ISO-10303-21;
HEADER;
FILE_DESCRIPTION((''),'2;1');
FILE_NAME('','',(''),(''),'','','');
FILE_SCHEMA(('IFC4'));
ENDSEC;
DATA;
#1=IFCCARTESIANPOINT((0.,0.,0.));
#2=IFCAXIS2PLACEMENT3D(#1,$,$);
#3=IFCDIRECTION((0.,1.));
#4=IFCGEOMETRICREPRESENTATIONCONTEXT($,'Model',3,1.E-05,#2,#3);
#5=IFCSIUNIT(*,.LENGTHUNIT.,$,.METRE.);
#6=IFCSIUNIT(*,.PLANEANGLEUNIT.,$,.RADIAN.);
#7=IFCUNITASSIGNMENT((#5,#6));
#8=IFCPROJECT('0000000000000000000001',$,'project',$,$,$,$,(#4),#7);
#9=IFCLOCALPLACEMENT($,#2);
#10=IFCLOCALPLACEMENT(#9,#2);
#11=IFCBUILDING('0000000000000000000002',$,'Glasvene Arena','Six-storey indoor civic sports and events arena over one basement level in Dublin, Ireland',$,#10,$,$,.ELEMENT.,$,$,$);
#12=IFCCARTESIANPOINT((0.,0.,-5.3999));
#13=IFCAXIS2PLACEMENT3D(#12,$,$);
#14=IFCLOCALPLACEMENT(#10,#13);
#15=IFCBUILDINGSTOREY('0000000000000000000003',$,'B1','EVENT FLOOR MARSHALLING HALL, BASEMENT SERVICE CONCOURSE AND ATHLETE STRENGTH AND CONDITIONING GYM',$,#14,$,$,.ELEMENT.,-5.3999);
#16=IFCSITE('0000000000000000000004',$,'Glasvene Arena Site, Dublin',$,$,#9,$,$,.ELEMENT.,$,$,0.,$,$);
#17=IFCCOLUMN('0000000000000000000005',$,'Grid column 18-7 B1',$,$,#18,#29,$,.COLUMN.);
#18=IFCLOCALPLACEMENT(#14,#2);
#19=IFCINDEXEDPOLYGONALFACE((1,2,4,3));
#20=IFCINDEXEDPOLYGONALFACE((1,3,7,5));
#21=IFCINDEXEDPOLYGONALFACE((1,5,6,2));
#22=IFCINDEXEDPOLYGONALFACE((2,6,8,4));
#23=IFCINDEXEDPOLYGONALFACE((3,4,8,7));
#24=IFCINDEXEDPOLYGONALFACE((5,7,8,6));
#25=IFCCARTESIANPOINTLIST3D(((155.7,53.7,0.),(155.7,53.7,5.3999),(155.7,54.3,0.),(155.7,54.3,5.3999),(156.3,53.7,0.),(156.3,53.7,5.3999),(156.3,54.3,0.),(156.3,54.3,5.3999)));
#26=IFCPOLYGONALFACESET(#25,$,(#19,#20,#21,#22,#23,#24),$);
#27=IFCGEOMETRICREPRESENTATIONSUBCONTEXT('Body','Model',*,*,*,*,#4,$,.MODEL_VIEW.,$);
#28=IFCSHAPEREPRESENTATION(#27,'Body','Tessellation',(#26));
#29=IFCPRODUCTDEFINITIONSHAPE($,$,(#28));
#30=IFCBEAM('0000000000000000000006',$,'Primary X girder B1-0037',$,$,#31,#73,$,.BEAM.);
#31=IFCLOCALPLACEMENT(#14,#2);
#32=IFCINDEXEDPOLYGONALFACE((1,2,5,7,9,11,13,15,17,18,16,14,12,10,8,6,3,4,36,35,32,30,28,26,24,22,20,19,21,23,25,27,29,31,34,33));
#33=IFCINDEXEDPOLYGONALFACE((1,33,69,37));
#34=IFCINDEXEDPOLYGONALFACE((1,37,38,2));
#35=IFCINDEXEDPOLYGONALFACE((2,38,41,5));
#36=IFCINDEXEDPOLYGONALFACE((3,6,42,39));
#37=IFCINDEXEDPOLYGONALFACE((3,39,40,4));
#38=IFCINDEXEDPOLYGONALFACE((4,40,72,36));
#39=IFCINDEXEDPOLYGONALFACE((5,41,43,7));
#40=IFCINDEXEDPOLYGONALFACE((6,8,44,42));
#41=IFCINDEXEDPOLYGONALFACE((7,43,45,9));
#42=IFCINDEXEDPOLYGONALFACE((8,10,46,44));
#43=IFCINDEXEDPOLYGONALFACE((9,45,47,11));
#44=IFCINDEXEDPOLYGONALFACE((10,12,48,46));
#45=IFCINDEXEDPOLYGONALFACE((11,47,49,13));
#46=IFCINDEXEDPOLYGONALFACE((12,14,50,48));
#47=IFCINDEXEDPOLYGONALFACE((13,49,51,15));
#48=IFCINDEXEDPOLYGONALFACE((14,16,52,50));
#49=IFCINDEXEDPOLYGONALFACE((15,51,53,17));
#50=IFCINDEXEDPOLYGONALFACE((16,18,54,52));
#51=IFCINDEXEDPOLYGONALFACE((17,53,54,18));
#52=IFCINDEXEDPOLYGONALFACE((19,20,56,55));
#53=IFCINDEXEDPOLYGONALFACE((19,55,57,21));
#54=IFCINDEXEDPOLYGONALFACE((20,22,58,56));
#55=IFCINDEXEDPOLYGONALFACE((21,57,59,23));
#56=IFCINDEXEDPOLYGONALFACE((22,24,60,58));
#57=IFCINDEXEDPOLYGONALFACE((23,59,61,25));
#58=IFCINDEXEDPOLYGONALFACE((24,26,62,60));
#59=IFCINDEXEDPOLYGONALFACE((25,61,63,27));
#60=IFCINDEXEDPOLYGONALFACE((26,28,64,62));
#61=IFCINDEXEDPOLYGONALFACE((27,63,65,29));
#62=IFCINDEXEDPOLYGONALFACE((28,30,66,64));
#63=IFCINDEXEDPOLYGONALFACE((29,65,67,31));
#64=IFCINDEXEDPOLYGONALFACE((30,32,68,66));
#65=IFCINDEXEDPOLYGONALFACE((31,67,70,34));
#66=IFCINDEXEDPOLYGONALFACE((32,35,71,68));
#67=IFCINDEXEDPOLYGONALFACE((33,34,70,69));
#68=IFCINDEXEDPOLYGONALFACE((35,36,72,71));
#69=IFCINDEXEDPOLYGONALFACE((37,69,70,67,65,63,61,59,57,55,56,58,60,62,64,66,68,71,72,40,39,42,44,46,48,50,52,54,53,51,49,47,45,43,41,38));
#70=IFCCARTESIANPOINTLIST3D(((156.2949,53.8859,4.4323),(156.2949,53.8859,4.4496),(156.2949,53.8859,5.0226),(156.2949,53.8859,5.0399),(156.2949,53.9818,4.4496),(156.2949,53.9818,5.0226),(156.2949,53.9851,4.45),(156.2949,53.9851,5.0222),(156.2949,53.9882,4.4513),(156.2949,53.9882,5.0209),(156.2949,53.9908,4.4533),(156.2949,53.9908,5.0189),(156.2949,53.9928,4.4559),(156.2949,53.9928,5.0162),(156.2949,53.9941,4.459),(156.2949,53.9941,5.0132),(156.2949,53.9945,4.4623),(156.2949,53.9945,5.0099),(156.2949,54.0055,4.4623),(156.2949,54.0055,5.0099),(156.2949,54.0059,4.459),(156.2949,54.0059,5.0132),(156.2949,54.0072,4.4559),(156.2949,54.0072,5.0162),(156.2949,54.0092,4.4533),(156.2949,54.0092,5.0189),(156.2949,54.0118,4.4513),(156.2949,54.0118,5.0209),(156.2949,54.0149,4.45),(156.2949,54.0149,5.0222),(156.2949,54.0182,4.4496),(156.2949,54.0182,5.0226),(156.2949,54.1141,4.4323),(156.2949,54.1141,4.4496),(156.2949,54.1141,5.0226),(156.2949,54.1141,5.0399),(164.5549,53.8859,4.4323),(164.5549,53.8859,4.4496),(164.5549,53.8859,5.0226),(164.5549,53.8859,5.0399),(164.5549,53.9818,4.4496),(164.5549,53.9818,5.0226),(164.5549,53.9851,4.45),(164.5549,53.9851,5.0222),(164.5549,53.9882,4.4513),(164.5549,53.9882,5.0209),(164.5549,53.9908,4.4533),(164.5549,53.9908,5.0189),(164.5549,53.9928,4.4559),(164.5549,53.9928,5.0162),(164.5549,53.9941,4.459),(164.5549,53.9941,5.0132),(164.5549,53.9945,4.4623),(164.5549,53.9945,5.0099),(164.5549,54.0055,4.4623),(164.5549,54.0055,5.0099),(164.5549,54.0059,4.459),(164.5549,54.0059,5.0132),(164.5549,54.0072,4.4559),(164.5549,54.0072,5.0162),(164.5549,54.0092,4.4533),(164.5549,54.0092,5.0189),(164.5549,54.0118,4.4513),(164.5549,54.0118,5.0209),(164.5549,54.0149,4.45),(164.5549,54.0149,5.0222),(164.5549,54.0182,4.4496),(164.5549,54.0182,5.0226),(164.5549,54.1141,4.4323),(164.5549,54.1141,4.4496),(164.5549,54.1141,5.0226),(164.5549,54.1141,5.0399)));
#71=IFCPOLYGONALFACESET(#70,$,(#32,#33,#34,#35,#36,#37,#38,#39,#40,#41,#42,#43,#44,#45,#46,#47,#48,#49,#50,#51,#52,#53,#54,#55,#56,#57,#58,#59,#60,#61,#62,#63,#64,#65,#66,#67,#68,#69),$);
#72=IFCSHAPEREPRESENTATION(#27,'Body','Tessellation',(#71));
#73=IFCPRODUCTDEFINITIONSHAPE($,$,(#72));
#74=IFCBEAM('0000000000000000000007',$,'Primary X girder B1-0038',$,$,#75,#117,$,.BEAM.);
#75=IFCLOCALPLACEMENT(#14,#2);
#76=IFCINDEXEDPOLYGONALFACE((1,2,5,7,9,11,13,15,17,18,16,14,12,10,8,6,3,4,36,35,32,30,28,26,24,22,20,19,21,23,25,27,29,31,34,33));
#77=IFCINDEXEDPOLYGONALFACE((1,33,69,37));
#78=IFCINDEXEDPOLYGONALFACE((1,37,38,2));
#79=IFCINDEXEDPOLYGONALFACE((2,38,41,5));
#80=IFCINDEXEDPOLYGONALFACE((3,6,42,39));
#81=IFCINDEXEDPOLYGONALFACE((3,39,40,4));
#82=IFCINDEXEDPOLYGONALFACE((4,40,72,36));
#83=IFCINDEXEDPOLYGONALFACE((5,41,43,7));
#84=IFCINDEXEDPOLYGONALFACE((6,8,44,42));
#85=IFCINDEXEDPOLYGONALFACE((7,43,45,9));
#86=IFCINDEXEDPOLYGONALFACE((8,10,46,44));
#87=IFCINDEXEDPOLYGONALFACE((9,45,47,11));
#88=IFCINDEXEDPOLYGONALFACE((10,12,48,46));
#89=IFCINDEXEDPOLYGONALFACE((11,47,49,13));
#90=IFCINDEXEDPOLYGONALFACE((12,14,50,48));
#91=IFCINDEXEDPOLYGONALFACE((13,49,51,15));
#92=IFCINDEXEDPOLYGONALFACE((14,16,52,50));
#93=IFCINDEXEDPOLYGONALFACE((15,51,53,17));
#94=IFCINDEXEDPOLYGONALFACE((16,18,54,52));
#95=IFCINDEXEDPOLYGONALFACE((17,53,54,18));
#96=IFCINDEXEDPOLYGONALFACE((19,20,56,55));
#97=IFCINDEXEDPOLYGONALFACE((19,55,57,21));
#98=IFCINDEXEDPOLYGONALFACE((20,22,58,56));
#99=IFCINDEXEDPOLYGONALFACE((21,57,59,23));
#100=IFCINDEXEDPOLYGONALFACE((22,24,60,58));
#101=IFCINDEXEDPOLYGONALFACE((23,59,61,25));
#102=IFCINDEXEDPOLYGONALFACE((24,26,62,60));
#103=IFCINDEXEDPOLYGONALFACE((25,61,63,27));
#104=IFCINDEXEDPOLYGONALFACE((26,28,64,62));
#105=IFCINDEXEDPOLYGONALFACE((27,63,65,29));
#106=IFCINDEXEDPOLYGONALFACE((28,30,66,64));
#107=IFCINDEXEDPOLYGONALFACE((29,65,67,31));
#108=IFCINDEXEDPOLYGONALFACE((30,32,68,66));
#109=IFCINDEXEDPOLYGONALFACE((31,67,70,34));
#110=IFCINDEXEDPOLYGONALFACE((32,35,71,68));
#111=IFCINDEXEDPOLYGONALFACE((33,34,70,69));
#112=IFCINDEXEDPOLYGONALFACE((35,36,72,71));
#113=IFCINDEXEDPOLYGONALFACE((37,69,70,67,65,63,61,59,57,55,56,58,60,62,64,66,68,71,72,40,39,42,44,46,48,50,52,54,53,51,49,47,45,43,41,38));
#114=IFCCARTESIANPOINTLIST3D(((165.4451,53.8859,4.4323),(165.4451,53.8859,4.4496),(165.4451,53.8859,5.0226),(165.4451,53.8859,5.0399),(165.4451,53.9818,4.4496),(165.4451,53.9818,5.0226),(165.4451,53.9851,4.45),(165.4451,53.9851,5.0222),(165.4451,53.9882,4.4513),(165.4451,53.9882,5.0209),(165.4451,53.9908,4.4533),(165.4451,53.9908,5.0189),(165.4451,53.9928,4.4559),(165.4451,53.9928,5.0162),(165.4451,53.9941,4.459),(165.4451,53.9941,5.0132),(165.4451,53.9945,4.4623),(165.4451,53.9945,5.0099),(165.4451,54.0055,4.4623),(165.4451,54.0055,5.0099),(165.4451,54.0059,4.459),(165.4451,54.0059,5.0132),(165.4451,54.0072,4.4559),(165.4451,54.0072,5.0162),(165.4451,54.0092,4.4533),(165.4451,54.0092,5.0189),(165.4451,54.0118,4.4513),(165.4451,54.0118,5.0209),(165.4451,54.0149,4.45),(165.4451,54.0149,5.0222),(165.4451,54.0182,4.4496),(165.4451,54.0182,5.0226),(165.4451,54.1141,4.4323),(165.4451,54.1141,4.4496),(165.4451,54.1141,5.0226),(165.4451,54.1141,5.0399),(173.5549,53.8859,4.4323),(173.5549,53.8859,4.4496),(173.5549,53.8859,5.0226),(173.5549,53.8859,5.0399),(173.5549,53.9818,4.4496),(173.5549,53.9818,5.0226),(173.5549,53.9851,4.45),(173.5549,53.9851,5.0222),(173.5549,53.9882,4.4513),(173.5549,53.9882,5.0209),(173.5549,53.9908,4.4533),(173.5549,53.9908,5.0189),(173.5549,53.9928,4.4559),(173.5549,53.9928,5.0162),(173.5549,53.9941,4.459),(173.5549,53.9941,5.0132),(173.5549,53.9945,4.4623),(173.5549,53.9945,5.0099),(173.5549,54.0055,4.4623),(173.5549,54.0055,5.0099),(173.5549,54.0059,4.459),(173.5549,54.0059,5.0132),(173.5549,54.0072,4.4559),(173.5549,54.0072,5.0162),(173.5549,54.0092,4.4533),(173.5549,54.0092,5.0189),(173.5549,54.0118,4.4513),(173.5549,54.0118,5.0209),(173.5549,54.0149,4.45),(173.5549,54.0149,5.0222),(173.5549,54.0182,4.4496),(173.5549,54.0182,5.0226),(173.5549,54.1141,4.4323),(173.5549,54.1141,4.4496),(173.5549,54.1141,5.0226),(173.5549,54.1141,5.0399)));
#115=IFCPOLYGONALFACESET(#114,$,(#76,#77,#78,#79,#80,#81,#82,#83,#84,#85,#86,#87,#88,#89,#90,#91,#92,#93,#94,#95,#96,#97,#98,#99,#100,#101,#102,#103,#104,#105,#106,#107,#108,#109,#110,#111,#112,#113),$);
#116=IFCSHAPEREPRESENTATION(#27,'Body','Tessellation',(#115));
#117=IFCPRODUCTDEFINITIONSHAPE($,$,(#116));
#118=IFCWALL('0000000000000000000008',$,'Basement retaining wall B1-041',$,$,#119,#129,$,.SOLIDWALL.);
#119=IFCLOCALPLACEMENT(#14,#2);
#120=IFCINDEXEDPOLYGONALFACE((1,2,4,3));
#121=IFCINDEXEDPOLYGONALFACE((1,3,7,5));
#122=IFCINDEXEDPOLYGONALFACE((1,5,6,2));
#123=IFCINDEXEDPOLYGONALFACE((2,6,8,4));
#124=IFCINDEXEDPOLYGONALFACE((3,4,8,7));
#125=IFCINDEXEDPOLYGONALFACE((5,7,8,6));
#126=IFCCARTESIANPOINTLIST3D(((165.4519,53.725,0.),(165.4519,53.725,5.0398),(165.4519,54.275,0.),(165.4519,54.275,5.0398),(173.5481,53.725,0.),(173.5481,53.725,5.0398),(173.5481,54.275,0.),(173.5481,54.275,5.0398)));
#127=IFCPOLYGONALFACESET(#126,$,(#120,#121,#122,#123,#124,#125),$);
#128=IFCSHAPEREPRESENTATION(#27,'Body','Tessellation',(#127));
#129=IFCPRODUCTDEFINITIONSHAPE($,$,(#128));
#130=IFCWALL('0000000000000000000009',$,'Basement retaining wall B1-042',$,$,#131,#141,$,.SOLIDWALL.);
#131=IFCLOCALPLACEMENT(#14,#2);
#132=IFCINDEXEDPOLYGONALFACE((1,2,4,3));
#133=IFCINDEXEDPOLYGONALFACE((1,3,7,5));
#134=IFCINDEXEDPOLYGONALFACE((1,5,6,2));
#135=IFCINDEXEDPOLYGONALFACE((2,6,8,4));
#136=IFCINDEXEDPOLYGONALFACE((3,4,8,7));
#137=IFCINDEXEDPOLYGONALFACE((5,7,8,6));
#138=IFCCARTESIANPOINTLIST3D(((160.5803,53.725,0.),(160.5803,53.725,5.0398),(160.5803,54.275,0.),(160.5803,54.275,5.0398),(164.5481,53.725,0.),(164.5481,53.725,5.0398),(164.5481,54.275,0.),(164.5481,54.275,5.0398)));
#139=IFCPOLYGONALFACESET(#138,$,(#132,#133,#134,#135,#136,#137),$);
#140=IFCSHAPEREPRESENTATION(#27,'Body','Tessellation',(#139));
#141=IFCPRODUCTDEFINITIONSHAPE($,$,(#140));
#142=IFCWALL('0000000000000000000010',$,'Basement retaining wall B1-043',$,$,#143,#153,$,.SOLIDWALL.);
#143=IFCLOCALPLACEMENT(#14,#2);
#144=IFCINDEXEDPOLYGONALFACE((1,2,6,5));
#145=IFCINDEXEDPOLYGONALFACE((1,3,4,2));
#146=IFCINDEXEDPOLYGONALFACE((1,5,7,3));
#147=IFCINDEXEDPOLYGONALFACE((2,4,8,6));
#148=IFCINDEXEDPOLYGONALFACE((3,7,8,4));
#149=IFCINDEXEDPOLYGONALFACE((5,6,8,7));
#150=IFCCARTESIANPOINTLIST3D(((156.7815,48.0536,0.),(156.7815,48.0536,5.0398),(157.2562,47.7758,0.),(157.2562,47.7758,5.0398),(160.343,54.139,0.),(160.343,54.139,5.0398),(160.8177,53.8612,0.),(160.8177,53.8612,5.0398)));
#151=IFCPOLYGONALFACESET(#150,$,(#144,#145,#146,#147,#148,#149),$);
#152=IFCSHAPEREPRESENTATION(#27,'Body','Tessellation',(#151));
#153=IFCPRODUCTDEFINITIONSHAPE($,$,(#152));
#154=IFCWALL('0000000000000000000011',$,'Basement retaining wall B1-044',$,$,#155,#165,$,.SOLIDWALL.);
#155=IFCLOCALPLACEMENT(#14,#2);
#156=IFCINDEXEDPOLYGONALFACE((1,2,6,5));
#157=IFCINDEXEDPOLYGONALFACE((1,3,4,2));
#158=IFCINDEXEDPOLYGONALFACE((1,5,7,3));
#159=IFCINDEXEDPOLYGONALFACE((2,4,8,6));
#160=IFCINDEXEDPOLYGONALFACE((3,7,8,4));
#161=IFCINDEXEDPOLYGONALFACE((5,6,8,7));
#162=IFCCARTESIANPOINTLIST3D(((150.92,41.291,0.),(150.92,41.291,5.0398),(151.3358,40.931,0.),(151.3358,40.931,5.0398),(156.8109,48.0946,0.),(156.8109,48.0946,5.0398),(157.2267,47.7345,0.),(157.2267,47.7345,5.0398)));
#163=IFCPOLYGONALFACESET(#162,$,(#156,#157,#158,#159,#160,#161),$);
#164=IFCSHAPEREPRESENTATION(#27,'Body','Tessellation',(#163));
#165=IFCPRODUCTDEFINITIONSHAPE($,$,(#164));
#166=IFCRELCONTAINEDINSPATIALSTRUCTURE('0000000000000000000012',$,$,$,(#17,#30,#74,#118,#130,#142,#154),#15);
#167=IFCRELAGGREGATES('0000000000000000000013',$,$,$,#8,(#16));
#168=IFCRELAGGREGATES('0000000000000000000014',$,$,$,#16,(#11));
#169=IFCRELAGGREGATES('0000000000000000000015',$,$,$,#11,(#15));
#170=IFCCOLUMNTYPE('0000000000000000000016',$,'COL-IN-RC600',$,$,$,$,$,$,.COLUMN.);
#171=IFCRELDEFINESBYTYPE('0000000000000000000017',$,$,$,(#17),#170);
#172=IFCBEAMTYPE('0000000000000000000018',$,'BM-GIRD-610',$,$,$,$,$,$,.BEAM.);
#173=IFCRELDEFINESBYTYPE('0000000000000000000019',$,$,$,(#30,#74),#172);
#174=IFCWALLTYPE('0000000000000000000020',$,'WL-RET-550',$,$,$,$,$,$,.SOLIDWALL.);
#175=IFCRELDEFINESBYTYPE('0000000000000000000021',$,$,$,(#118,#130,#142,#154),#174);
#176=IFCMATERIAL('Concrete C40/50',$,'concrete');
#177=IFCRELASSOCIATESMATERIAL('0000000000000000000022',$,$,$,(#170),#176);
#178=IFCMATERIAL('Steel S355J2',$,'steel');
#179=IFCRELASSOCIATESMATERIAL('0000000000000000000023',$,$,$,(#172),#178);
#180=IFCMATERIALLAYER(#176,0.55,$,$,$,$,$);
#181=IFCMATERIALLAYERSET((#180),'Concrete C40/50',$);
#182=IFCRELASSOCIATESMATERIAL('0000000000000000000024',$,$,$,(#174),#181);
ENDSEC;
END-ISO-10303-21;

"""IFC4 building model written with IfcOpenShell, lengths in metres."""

from ifc_helpers import new_model, si_unit, direction, frame, frame_2d, origin, origin_2d, place, context, subcontext, project, spatial, rectangle, i_section, extrude, material, layer, layer_set, material_profile, profile_set, type_object, element, save


model = new_model("IFC4")

# Units and contexts
model_context = context("Model", 3, precision=1e-05, world=origin(), true_north=direction((0.0, 1.0)))
body_context = subcontext(model_context, "Body", "Model", "MODEL_VIEW")
ifc_project = project(units=[si_unit("LENGTHUNIT", "METRE"), si_unit("PLANEANGLEUNIT", "RADIAN")], contexts=[model_context])

# Site, building, storey
site_placement = place(None, origin())
site = spatial("IfcSite", under=ifc_project, at=site_placement, Name="Glasvene Arena Site, Dublin", CompositionType="ELEMENT", RefElevation=0.0)
building_placement = place(site_placement, origin())
building = spatial("IfcBuilding", under=site, at=building_placement, Name="Glasvene Arena", Description="Six-storey indoor civic sports and events arena over one basement level in Dublin, Ireland", CompositionType="ELEMENT")
storey_placement = place(building_placement, frame((0.0, 0.0, -5.3999)))
storey = spatial("IfcBuildingStorey", under=building, at=storey_placement, Name="B1", Description="EVENT FLOOR MARSHALLING HALL, BASEMENT SERVICE CONCOURSE AND ATHLETE STRENGTH AND CONDITIONING GYM", CompositionType="ELEMENT", Elevation=-5.3999)

# Shared definitions
ifc_material_1 = material(Name="Concrete C40/50", Category="concrete")

# Column
ifc_material_profile_1 = material_profile(ifc_material_1, rectangle(XDim=0.6001, YDim=0.6001, at=origin_2d()), Name="RC 600x600")
ifc_profile_set_1 = profile_set([ifc_material_profile_1], Name="Concrete C40/50")
column_type_1 = type_object("IfcColumnType", Name="COL-IN-RC600", PredefinedType="COLUMN", material=ifc_profile_set_1)
column_1_placement = place(storey_placement, frame((156.0, 54.0, 0.0), z_axis=(0.0, 0.0, 1.0), x_axis=(1.0, 0.0, 0.0)))
element("IfcColumn", 1, at=column_1_placement, inside=storey, type_object=column_type_1, Name="Grid column 18-7 B1", PredefinedType="COLUMN", context=body_context, shape_type="SweptSolid", body=[
    extrude(rectangle(XDim=0.6001, YDim=0.6001, at=origin_2d()), origin(), (0.0, 0.0, 1.0), 5.3999),
])

# Beams
ifc_material_2 = material(Name="Steel S355J2", Category="steel")
ifc_material_profile_2 = material_profile(ifc_material_2, i_section(OverallWidth=0.2283, OverallDepth=0.6077, WebThickness=0.011, FlangeThickness=0.0173, FilletRadius=0.0127, at=origin_2d()), Name="UKB 610x229x113")
ifc_profile_set_2 = profile_set([ifc_material_profile_2], Name="Steel S355J2")
beam_type = type_object("IfcBeamType", Name="BM-GIRD-610", PredefinedType="BEAM", material=ifc_profile_set_2)
beam_1_placement = place(storey_placement, frame((156.2949, 54.0, 4.7361), z_axis=(1.0, 0.0, 0.0), x_axis=(0.0, 1.0, 0.0)))
element("IfcBeam", 2, at=beam_1_placement, inside=storey, type_object=beam_type, Name="Primary X girder B1-0037", PredefinedType="BEAM", context=body_context, shape_type="SweptSolid", body=[
    extrude(i_section(OverallWidth=0.2283, OverallDepth=0.6077, WebThickness=0.011, FlangeThickness=0.0173, FilletRadius=0.0127, at=origin_2d()), origin(), (0.0, 0.0, 1.0), 8.26),
])
beam_2_placement = place(storey_placement, frame((165.4451, 54.0, 4.7361), z_axis=(1.0, 0.0, 0.0), x_axis=(0.0, 1.0, 0.0)))
element("IfcBeam", 3, at=beam_2_placement, inside=storey, type_object=beam_type, Name="Primary X girder B1-0038", PredefinedType="BEAM", context=body_context, shape_type="SweptSolid", body=[
    extrude(i_section(OverallWidth=0.2283, OverallDepth=0.6077, WebThickness=0.011, FlangeThickness=0.0173, FilletRadius=0.0127, at=origin_2d()), origin(), (0.0, 0.0, 1.0), 8.1099),
])

# Walls
ifc_layer = layer(ifc_material_1, 0.55)
ifc_layer_set = layer_set([ifc_layer], Name="Concrete C40/50")
wall_type = type_object("IfcWallType", Name="WL-RET-550", PredefinedType="SOLIDWALL", material=ifc_layer_set)
wall_1_placement = place(storey_placement, frame((173.5481, 54.0, 0.0), z_axis=(0.0, 0.0, 1.0), x_axis=(-1.0, 0.0, 0.0)))
element("IfcWall", 4, at=wall_1_placement, inside=storey, type_object=wall_type, Name="Basement retaining wall B1-041", PredefinedType="SOLIDWALL", context=body_context, shape_type="SweptSolid", body=[
    extrude(rectangle(XDim=8.0962, YDim=0.55, at=frame_2d((4.0481, 0.0))), origin(), (0.0, 0.0, 1.0), 5.0398),
])
wall_2_placement = place(storey_placement, frame((164.5481, 54.0, 0.0), z_axis=(0.0, 0.0, 1.0), x_axis=(-1.0, 0.0, 0.0)))
element("IfcWall", 5, at=wall_2_placement, inside=storey, type_object=wall_type, Name="Basement retaining wall B1-042", PredefinedType="SOLIDWALL", context=body_context, shape_type="SweptSolid", body=[
    extrude(rectangle(XDim=3.9678, YDim=0.55, at=frame_2d((1.9839, 0.0))), origin(), (0.0, 0.0, 1.0), 5.0398),
])
wall_3_placement = place(storey_placement, frame((160.5803, 54.0, 0.0), z_axis=(0.0, 0.0, 1.0), x_axis=(-0.505106, -0.863057, 0.0)))
element("IfcWall", 6, at=wall_3_placement, inside=storey, type_object=wall_type, Name="Basement retaining wall B1-043", PredefinedType="SOLIDWALL", context=body_context, shape_type="SweptSolid", body=[
    extrude(rectangle(XDim=7.051, YDim=0.55, at=frame_2d((3.5254, 0.0))), origin(), (0.0, 0.0, 1.0), 5.0398),
])
wall_4_placement = place(storey_placement, frame((157.0188, 47.9146, 0.0), z_axis=(0.0, 0.0, 1.0), x_axis=(-0.654583, -0.75599, 0.0)))
element("IfcWall", 7, at=wall_4_placement, inside=storey, type_object=wall_type, Name="Basement retaining wall B1-044", PredefinedType="SOLIDWALL", context=body_context, shape_type="SweptSolid", body=[
    extrude(rectangle(XDim=8.9995, YDim=0.55, at=frame_2d((4.4998, 0.0))), origin(), (0.0, 0.0, 1.0), 5.0398),
])

save(model, "model.ifc")
